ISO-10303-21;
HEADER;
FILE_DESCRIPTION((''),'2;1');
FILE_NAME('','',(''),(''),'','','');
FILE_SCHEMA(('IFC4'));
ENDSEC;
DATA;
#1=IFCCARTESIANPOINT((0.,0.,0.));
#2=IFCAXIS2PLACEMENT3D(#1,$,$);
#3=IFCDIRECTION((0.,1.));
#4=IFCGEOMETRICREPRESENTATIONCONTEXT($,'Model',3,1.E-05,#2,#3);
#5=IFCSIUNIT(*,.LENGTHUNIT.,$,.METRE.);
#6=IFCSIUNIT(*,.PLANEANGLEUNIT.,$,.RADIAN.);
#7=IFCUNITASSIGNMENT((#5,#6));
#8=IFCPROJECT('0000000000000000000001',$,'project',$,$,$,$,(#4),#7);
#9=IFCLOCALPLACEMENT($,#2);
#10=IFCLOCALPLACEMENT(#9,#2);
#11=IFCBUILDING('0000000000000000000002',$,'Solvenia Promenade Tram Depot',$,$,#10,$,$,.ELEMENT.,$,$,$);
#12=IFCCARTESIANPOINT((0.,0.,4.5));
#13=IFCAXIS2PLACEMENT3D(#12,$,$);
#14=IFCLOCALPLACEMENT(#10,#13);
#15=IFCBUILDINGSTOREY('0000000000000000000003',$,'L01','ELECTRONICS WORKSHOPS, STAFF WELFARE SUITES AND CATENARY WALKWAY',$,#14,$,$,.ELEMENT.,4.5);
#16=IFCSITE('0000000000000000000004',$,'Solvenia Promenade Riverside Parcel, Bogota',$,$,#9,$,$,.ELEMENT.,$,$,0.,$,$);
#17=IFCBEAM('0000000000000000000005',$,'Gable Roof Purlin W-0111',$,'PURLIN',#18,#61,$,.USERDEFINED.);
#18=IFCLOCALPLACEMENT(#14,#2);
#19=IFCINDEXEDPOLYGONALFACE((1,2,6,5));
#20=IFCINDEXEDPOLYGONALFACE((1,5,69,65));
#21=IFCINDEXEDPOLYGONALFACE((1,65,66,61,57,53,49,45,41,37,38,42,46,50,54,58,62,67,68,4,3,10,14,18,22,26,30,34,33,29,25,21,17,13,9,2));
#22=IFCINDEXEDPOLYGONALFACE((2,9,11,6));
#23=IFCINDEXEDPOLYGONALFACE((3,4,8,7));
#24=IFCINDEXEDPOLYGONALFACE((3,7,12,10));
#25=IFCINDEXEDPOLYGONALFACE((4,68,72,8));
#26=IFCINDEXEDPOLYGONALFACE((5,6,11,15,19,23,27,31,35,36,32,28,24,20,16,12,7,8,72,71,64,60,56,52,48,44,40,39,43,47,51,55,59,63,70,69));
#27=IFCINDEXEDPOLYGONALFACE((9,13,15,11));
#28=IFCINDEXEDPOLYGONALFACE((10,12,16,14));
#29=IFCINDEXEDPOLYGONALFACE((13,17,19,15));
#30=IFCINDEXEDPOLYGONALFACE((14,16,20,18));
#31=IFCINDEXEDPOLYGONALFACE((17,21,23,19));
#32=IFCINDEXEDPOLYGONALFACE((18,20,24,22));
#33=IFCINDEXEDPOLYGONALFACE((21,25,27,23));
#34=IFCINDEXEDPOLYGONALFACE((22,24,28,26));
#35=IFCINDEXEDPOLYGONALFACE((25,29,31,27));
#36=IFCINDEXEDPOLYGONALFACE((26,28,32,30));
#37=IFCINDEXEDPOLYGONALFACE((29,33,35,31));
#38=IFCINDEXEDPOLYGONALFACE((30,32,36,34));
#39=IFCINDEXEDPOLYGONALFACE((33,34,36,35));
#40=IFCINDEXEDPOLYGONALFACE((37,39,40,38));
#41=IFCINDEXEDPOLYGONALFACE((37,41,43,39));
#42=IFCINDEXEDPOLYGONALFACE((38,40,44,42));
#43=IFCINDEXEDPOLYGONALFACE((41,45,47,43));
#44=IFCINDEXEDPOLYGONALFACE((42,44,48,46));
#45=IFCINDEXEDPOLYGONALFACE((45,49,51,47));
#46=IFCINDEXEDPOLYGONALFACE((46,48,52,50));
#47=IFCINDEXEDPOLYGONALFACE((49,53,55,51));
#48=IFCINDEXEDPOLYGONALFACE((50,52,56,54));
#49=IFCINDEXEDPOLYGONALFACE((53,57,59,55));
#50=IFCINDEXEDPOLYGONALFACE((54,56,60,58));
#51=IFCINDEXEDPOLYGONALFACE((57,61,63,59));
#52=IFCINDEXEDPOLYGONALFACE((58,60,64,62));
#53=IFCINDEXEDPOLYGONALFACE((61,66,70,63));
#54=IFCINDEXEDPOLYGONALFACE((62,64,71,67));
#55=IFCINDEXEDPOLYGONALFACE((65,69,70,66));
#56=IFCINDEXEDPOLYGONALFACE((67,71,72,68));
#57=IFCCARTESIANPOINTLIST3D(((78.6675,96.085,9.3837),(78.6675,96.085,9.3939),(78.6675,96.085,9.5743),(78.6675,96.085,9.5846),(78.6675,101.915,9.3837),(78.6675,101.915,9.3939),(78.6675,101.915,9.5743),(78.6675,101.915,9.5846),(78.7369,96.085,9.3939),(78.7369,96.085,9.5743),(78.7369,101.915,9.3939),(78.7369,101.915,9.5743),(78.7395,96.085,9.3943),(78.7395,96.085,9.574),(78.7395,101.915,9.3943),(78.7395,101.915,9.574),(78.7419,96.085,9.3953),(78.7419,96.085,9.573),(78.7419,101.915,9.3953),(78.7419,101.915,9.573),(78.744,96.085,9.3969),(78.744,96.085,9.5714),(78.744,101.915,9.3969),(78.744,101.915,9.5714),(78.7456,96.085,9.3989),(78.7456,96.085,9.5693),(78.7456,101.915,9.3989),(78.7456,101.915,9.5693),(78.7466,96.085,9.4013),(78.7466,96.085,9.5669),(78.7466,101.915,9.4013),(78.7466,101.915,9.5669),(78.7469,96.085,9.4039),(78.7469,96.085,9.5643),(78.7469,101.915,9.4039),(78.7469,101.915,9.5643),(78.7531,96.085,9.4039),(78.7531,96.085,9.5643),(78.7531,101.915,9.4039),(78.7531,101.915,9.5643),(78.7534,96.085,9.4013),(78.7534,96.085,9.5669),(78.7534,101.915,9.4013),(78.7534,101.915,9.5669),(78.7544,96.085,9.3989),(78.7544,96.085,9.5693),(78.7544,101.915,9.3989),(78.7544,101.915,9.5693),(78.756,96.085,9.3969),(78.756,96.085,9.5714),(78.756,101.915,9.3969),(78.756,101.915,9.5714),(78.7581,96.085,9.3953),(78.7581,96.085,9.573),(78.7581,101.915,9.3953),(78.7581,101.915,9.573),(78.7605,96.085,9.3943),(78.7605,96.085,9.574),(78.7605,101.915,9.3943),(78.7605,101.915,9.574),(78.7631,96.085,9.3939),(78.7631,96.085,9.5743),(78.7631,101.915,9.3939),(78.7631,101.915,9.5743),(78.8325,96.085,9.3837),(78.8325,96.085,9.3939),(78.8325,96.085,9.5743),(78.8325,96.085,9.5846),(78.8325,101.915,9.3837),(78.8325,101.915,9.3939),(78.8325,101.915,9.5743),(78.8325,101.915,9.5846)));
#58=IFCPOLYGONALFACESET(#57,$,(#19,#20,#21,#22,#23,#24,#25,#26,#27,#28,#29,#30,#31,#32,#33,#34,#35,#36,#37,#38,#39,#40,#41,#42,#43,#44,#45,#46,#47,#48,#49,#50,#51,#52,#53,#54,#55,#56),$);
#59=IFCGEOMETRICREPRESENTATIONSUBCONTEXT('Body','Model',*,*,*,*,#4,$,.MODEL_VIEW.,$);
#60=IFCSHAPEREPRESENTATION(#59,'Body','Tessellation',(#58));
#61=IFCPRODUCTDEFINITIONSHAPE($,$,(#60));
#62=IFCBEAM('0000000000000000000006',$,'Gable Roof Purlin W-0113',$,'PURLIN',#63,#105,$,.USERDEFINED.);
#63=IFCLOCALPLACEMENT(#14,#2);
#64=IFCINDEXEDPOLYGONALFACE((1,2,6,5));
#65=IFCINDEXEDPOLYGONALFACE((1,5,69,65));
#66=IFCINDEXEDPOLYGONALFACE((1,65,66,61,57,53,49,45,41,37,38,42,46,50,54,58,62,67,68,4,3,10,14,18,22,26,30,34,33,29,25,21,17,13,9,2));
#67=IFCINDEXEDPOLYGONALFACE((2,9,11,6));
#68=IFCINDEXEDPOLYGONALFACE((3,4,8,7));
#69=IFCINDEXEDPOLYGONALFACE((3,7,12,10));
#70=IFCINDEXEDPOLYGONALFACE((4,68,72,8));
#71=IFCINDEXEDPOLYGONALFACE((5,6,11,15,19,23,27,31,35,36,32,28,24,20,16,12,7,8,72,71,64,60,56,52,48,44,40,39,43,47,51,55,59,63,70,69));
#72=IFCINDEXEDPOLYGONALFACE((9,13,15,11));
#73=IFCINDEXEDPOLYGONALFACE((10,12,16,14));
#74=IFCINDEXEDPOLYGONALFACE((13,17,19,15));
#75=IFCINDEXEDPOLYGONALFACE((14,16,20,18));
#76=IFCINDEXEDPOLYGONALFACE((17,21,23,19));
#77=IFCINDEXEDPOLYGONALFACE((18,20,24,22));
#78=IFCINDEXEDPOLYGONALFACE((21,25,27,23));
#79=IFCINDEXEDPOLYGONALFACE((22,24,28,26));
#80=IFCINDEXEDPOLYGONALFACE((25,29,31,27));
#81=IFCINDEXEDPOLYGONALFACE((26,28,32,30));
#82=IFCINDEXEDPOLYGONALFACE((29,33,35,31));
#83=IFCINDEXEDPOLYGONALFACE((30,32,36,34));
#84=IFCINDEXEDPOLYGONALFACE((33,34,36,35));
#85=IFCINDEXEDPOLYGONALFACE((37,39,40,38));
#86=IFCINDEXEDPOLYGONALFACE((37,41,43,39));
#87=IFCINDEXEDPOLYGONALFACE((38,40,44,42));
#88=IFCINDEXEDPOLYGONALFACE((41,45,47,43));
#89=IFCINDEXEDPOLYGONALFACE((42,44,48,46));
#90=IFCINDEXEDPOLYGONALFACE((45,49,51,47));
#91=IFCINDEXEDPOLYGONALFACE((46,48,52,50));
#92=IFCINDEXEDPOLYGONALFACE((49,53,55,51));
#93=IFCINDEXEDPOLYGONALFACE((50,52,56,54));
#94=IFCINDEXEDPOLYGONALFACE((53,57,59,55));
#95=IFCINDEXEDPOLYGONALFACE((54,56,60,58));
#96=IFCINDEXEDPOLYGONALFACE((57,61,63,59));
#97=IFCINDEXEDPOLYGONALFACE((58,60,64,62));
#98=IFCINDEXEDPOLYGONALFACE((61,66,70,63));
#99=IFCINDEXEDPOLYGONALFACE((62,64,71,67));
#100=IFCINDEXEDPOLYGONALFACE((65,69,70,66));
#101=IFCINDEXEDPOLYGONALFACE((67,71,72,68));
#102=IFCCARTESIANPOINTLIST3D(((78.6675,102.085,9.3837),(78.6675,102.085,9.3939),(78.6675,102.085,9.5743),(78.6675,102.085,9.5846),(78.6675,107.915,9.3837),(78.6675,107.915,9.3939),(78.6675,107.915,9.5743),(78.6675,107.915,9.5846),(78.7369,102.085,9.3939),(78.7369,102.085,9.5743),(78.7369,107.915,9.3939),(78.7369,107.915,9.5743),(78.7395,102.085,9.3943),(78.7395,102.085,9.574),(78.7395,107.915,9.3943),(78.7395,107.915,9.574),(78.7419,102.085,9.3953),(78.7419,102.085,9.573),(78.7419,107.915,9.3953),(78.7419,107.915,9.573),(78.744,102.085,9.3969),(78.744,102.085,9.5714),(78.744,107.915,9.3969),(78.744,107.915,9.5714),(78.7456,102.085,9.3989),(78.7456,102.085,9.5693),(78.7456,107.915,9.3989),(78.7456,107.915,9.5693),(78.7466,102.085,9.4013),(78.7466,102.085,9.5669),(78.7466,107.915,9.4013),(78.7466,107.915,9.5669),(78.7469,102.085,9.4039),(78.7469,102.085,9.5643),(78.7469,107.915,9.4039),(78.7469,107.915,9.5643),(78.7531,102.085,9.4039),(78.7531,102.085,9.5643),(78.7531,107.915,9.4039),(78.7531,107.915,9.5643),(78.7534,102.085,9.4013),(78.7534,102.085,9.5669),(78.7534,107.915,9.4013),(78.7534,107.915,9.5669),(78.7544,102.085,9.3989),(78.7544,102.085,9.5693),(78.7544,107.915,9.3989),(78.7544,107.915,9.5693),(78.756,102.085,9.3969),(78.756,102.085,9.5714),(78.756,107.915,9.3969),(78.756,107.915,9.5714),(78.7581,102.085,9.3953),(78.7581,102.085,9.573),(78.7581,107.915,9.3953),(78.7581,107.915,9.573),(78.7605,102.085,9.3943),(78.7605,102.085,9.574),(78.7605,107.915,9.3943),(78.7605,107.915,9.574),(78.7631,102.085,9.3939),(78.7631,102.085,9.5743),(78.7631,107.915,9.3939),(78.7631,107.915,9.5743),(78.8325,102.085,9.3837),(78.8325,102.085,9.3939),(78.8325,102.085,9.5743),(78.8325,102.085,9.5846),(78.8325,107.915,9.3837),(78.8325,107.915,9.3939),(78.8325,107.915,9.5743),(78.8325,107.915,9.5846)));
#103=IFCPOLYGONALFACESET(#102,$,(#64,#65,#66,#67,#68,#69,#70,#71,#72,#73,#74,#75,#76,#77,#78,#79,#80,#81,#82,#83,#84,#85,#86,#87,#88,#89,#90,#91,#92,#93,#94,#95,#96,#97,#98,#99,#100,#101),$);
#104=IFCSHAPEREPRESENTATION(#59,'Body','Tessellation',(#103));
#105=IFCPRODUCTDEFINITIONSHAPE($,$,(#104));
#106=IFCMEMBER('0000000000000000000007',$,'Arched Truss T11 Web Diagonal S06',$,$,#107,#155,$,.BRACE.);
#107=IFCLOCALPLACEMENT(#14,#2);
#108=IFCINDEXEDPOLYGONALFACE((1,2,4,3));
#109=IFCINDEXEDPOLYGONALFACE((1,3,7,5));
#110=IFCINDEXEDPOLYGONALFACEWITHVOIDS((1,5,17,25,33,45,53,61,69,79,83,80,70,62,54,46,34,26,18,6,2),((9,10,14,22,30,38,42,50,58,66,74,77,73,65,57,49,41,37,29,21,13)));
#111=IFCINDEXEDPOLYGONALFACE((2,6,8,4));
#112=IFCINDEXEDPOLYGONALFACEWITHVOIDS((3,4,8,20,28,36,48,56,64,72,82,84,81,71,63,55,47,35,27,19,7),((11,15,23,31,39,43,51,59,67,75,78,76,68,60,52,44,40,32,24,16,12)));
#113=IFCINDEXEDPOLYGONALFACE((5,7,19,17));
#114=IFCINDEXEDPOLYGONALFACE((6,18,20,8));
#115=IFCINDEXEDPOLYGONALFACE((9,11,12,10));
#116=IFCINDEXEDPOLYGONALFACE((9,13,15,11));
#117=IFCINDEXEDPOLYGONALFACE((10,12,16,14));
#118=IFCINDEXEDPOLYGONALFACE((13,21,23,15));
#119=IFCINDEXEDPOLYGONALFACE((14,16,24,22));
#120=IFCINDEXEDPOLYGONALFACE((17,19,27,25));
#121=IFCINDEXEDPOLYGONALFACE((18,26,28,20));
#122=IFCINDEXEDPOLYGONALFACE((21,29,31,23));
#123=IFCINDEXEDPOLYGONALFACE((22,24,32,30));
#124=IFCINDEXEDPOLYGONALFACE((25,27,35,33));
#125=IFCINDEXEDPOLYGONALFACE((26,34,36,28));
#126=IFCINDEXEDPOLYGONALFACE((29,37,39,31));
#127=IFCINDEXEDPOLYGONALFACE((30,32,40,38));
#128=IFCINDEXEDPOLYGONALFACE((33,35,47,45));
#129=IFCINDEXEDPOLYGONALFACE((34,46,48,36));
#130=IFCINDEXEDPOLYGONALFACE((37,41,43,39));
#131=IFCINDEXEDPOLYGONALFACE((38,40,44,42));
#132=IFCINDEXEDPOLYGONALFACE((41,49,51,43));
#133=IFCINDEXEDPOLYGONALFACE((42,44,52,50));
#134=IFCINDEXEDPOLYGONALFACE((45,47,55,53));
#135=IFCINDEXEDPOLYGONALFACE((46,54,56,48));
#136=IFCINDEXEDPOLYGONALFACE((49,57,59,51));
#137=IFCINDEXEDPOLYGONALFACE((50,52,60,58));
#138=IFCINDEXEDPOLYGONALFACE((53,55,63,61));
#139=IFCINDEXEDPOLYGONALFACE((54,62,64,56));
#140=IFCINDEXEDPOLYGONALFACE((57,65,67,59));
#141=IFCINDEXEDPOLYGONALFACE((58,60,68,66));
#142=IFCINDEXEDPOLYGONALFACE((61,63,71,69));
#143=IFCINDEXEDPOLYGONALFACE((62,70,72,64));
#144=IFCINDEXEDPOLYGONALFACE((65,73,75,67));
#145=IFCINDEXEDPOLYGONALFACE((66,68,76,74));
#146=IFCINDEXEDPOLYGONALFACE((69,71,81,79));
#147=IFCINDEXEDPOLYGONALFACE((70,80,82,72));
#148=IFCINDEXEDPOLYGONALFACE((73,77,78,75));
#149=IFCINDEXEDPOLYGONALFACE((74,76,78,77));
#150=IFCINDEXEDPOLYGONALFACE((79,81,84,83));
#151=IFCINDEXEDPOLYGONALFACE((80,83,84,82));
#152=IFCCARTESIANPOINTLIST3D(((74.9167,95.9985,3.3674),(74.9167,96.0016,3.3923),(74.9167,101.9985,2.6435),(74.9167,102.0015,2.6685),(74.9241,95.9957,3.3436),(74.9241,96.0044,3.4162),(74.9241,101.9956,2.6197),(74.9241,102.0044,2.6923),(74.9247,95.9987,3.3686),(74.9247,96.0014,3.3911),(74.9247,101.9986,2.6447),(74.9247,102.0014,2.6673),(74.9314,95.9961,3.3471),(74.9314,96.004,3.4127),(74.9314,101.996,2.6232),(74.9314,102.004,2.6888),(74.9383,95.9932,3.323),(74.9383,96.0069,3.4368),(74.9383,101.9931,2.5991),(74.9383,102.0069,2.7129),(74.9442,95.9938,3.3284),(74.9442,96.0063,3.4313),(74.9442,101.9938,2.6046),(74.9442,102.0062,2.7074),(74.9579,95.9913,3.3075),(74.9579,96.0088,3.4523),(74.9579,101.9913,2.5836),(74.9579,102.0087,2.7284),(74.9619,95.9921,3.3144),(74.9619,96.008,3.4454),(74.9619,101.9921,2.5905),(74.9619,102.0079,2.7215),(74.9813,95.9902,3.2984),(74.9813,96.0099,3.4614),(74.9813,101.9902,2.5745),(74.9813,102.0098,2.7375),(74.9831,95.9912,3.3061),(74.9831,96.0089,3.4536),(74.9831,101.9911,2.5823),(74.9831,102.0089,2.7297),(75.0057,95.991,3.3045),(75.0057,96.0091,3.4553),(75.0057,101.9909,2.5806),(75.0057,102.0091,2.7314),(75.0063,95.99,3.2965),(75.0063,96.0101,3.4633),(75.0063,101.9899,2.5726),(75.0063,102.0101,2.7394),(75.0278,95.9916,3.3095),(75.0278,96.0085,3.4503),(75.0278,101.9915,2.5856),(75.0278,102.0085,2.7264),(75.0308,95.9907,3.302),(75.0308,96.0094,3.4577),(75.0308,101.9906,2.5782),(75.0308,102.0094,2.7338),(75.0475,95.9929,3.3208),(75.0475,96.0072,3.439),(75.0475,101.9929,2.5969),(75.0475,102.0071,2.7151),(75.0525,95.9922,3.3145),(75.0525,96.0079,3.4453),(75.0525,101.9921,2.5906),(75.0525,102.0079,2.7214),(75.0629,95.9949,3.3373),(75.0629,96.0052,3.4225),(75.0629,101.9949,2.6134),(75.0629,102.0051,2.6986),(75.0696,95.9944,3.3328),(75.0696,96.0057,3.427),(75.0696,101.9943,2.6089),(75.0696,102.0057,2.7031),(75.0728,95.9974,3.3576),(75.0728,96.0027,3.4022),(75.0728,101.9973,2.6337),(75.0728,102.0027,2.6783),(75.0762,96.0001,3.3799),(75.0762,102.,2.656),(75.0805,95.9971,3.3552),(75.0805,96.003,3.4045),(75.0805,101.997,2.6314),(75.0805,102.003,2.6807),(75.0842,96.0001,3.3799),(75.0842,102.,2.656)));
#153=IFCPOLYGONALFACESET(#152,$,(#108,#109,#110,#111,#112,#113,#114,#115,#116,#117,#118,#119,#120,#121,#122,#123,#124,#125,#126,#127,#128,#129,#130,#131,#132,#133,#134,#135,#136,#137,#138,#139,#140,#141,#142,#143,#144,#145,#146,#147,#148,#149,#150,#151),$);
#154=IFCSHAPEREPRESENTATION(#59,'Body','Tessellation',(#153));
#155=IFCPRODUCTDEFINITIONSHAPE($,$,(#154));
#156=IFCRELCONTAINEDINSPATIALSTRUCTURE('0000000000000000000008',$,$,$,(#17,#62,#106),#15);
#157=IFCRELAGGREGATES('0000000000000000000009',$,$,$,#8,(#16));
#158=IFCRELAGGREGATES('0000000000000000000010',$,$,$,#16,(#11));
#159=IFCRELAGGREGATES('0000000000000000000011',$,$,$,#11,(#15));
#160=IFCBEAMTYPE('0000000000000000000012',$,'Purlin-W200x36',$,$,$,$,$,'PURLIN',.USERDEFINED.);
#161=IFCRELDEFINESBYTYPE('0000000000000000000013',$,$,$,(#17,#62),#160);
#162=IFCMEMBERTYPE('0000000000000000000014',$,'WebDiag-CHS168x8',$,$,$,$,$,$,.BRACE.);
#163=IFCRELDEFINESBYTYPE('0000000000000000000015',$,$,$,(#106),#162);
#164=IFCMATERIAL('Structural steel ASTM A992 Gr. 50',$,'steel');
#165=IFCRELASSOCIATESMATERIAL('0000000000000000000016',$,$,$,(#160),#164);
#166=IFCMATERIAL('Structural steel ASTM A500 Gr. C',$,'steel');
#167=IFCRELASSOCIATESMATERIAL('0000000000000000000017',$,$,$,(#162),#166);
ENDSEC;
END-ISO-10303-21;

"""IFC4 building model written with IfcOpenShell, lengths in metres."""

from ifc_helpers import new_model, si_unit, direction, frame, origin, origin_2d, place, context, subcontext, project, spatial, hollow_circle, i_section, extrude, material, material_profile, profile_set, type_object, element, save


model = new_model("IFC4")

# Units and contexts
model_context = context("Model", 3, precision=1e-05, world=origin(), true_north=direction((0.0, 1.0)))
body_context = subcontext(model_context, "Body", "Model", "MODEL_VIEW")
ifc_project = project(units=[si_unit("LENGTHUNIT", "METRE"), si_unit("PLANEANGLEUNIT", "RADIAN")], contexts=[model_context])

# Site, building, storey
site_placement = place(None, origin())
site = spatial("IfcSite", under=ifc_project, at=site_placement, Name="Solvenia Promenade Riverside Parcel, Bogota", CompositionType="ELEMENT", RefElevation=0.0)
building_placement = place(site_placement, origin())
building = spatial("IfcBuilding", under=site, at=building_placement, Name="Solvenia Promenade Tram Depot", CompositionType="ELEMENT")
storey_placement = place(building_placement, frame((0.0, 0.0, 4.5)))
storey = spatial("IfcBuildingStorey", under=building, at=storey_placement, Name="L01", Description="ELECTRONICS WORKSHOPS, STAFF WELFARE SUITES AND CATENARY WALKWAY", CompositionType="ELEMENT", Elevation=4.5)

# Shared definitions
ifc_material_1 = material(Name="Structural steel ASTM A500 Gr. C", Category="steel")

# Beams
ifc_material_2 = material(Name="Structural steel ASTM A992 Gr. 50", Category="steel")
ifc_material_profile_1 = material_profile(ifc_material_2, i_section(OverallWidth=0.165, OverallDepth=0.2009, WebThickness=0.0061, FlangeThickness=0.0103, FilletRadius=0.01, at=origin_2d()), Name="W200x36", Category="steel")
ifc_profile_set_1 = profile_set([ifc_material_profile_1], Name="Structural steel ASTM A992 Gr. 50")
beam_type_1 = type_object("IfcBeamType", Name="Purlin-W200x36", ElementType="PURLIN", PredefinedType="USERDEFINED", material=ifc_profile_set_1)
for number, where, z_axis, x_axis, name in (
    (1, (78.75, 96.085, 9.4841), (0.0, 1.0, 0.0), (-1.0, 0.0, 0.0), "Gable Roof Purlin W-0111"),
    (2, (78.75, 102.085, 9.4841), (0.0, 1.0, 0.0), (-1.0, 0.0, 0.0), "Gable Roof Purlin W-0113"),
):
    element("IfcBeam", number, at=place(storey_placement, frame(where, z_axis=z_axis, x_axis=x_axis)), inside=storey, type_object=beam_type_1, Name=name, ObjectType="PURLIN", PredefinedType="USERDEFINED", context=body_context, shape_type="SweptSolid", body=[
        extrude(i_section(OverallWidth=0.165, OverallDepth=0.2009, WebThickness=0.0061, FlangeThickness=0.0103, FilletRadius=0.01, at=origin_2d()), origin(), (0.0, 0.0, 1.0), 5.8301),
    ])

# Member
ifc_material_profile_2 = material_profile(ifc_material_1, hollow_circle(Radius=0.0842, WallThickness=0.0081, at=origin_2d()), Name="CHS168.3x8", Category="steel")
ifc_profile_set_2 = profile_set([ifc_material_profile_2], Name="Structural steel ASTM A500 Gr. C")
member_type_1 = type_object("IfcMemberType", Name="WebDiag-CHS168x8", PredefinedType="BRACE", material=ifc_profile_set_2)
member_1_placement = place(storey_placement, frame((75.0, 102.0, 2.656), z_axis=(0.0, -0.992801, 0.119778), x_axis=(1.0, 0.0, 0.0)))
element("IfcMember", 3, at=member_1_placement, inside=storey, type_object=member_type_1, Name="Arched Truss T11 Web Diagonal S06", PredefinedType="BRACE", context=body_context, shape_type="SweptSolid", body=[
    extrude(hollow_circle(Radius=0.0842, WallThickness=0.0081, at=origin_2d()), origin(), (0.0, 0.0, 1.0), 6.0435),
])

save(model, "model.ifc")
